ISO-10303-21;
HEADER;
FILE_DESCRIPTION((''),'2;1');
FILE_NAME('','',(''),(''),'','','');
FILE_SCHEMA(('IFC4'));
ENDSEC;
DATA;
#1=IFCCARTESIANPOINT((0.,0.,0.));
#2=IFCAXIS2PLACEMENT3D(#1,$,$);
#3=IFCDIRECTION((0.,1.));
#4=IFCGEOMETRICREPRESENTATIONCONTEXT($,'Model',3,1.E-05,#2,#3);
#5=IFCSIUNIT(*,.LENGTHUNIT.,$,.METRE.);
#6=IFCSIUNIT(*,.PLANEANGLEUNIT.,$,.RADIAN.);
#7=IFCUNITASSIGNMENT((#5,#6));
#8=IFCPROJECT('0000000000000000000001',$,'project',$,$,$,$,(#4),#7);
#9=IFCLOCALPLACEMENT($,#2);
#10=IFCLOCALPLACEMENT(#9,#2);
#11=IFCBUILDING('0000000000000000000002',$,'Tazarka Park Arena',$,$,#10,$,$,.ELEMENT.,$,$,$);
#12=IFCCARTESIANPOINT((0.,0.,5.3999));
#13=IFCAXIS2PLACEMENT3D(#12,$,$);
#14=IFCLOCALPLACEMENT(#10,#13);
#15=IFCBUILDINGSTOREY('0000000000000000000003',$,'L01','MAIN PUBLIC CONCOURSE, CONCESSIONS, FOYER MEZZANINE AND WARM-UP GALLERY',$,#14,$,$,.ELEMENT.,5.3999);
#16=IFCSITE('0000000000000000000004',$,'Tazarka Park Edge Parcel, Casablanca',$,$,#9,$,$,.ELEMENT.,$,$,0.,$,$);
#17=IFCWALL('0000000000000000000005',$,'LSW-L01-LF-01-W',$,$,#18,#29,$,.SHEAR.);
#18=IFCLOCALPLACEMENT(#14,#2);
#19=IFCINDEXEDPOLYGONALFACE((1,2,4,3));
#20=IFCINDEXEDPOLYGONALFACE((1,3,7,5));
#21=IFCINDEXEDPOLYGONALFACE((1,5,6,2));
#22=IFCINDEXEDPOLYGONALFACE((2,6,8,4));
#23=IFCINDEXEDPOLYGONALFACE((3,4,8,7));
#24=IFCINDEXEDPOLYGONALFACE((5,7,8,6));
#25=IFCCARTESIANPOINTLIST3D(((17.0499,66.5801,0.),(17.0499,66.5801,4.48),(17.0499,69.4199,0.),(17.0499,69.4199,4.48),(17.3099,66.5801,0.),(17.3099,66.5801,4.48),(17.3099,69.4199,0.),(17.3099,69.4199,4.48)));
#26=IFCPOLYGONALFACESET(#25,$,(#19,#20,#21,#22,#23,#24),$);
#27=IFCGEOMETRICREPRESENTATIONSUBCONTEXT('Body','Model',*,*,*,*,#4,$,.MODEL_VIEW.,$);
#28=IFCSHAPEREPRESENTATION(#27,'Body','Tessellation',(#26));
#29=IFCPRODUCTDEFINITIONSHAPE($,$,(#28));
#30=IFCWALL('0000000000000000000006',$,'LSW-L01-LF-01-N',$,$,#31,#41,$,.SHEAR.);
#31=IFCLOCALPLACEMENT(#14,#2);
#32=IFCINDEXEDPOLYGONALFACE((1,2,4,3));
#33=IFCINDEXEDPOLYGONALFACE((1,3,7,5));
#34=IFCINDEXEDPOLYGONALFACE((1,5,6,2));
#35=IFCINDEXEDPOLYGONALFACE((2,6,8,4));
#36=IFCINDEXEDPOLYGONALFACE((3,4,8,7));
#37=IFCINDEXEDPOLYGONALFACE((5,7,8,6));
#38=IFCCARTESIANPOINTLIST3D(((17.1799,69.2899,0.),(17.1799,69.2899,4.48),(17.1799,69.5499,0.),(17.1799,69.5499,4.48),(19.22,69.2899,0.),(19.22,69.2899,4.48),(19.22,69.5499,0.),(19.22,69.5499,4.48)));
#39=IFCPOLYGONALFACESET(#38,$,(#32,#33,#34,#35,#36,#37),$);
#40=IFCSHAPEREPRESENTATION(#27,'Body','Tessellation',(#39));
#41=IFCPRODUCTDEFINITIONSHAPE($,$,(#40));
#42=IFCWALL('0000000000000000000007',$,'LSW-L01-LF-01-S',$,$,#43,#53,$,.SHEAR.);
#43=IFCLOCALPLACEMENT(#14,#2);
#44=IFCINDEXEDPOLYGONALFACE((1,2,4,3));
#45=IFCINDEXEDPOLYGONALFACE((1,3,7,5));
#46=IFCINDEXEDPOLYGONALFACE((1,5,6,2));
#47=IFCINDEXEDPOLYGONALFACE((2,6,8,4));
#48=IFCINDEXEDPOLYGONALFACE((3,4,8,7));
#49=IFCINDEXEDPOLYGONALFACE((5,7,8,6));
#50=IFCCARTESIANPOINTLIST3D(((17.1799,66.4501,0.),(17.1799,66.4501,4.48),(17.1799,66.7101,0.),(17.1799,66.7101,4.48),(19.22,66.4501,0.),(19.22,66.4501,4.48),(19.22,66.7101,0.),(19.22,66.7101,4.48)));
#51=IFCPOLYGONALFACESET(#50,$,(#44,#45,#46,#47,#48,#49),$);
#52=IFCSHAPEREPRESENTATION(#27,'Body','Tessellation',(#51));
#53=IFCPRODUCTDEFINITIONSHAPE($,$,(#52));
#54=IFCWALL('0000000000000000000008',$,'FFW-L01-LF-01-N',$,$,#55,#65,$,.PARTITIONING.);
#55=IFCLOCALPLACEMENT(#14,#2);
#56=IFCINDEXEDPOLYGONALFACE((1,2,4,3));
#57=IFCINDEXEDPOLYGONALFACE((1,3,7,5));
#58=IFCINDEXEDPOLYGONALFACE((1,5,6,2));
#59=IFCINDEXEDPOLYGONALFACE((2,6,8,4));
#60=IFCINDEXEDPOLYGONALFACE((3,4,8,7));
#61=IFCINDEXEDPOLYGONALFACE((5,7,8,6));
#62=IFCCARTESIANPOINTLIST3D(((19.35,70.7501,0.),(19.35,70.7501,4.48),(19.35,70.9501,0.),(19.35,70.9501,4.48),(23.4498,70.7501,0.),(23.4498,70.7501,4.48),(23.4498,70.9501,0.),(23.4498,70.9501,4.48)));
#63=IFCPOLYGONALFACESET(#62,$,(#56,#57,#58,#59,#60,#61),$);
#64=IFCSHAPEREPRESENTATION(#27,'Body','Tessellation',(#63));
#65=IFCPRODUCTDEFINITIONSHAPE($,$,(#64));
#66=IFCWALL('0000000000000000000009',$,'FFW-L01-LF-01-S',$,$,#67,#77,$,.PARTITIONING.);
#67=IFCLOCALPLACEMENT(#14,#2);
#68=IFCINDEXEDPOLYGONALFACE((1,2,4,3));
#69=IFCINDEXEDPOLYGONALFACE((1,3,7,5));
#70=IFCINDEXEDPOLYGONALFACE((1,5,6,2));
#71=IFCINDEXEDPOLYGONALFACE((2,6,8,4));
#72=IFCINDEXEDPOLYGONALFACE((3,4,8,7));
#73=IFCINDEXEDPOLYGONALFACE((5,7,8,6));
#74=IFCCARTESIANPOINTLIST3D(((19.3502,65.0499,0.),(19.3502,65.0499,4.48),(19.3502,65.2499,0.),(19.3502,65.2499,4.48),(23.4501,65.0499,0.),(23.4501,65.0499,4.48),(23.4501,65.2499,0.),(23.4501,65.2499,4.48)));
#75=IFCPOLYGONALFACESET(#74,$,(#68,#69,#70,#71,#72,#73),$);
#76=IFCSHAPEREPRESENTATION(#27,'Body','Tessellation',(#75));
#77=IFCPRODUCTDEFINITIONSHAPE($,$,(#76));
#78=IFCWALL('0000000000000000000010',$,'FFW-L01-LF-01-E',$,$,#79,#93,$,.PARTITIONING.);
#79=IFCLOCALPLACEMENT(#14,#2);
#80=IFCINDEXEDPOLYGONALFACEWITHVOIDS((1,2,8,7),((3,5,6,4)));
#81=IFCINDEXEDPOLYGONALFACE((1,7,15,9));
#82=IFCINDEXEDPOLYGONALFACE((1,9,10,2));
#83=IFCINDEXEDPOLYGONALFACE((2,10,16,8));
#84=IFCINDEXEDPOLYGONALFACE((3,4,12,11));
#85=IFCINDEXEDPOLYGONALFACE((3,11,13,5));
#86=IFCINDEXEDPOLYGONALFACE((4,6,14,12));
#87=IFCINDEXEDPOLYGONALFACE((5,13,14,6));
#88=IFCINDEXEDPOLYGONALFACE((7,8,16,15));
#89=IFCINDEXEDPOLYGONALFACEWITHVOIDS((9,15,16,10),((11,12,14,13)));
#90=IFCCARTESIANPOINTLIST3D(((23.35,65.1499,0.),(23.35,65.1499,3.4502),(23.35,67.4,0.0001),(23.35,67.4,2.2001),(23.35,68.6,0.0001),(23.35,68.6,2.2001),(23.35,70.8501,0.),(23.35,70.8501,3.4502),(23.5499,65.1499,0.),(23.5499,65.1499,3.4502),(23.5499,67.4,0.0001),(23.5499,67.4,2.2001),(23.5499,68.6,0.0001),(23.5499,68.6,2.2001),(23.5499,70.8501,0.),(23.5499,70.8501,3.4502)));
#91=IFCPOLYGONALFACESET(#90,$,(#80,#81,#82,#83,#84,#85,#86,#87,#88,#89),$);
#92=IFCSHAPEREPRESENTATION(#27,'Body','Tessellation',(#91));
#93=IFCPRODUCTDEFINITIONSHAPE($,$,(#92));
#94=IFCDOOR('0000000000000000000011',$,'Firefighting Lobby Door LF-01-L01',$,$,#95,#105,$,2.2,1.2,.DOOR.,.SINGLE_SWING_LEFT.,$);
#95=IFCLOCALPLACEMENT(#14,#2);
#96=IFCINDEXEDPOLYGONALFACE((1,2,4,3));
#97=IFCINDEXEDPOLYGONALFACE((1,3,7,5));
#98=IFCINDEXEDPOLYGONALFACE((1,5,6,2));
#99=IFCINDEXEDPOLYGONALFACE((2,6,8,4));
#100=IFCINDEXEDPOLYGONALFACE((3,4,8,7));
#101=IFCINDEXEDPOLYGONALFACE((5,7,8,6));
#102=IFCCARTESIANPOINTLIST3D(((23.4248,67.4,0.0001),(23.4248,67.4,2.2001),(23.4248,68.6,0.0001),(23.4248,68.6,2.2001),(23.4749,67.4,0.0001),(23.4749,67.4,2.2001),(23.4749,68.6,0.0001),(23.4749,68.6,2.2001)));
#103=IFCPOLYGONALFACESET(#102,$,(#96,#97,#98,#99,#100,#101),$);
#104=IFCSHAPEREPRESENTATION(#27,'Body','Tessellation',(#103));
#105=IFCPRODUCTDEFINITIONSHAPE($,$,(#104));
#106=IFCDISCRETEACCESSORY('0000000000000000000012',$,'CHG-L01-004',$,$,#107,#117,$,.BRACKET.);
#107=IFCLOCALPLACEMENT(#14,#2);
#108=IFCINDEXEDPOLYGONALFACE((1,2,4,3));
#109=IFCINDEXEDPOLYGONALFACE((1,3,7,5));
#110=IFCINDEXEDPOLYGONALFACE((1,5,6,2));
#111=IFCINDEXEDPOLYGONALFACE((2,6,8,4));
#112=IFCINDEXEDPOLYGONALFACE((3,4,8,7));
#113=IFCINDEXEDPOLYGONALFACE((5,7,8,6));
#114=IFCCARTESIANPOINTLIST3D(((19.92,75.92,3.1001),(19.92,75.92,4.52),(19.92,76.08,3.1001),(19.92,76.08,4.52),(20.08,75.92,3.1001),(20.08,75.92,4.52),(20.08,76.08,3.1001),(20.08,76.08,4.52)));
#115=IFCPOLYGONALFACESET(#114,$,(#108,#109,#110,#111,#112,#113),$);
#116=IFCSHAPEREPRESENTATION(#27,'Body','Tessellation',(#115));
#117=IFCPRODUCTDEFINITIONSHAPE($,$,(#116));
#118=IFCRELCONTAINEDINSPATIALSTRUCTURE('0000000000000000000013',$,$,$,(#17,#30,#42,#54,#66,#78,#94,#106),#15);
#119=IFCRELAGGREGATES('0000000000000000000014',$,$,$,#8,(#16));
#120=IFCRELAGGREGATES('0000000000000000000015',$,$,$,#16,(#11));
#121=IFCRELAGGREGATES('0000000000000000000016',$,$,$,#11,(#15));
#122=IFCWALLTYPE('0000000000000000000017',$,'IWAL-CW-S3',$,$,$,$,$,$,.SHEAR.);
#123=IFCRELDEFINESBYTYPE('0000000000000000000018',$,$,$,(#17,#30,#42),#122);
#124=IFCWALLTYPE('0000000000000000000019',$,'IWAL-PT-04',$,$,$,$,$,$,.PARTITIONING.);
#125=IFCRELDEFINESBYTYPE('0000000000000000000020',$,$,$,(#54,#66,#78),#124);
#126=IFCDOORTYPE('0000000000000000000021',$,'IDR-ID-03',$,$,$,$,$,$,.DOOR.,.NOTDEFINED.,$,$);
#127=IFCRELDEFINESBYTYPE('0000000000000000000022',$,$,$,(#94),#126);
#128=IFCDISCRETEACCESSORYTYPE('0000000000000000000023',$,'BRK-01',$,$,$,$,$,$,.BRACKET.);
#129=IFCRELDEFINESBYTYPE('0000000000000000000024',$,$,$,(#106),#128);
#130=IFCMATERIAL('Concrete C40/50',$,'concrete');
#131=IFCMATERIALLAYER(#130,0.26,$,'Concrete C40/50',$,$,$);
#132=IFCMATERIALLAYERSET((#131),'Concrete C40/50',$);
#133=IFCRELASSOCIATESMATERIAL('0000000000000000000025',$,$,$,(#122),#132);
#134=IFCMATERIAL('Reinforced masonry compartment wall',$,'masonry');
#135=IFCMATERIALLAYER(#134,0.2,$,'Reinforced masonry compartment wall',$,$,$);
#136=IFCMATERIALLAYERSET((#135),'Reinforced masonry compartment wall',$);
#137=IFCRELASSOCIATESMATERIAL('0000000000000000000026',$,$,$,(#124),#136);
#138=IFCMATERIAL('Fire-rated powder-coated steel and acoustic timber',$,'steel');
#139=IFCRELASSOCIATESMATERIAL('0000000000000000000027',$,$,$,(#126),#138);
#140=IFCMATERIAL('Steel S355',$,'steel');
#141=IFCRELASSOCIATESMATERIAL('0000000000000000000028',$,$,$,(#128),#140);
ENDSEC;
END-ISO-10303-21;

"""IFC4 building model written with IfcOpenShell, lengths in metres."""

from ifc_helpers import new_model, si_unit, direction, frame, frame_2d, origin, origin_2d, place, context, subcontext, project, spatial, rectangle, extrude, material, layer, layer_set, type_object, element, fill, save


model = new_model("IFC4")

# Units and contexts
model_context = context("Model", 3, precision=1e-05, world=origin(), true_north=direction((0.0, 1.0)))
body_context = subcontext(model_context, "Body", "Model", "MODEL_VIEW")
ifc_project = project(units=[si_unit("LENGTHUNIT", "METRE"), si_unit("PLANEANGLEUNIT", "RADIAN")], contexts=[model_context])

# Site, building, storey
site_placement = place(None, origin())
site = spatial("IfcSite", under=ifc_project, at=site_placement, Name="Tazarka Park Edge Parcel, Casablanca", CompositionType="ELEMENT", RefElevation=0.0)
building_placement = place(site_placement, origin())
building = spatial("IfcBuilding", under=site, at=building_placement, Name="Tazarka Park Arena", CompositionType="ELEMENT")
storey_placement = place(building_placement, frame((0.0, 0.0, 5.3999)))
storey = spatial("IfcBuildingStorey", under=building, at=storey_placement, Name="L01", Description="MAIN PUBLIC CONCOURSE, CONCESSIONS, FOYER MEZZANINE AND WARM-UP GALLERY", CompositionType="ELEMENT", Elevation=5.3999)

# Walls
ifc_material_1 = material(Name="Concrete C40/50", Category="concrete")
ifc_layer_1 = layer(ifc_material_1, 0.26, Name="Concrete C40/50")
ifc_layer_set_1 = layer_set([ifc_layer_1], Name="Concrete C40/50")
wall_type_1 = type_object("IfcWallType", Name="IWAL-CW-S3", PredefinedType="SHEAR", material=ifc_layer_set_1)
wall_1_placement = place(storey_placement, frame((17.1799, 66.5801, 0.0), z_axis=(0.0, 0.0, 1.0), x_axis=(0.0, 1.0, 0.0)))
element("IfcWall", 1, at=wall_1_placement, inside=storey, type_object=wall_type_1, Name="LSW-L01-LF-01-W", PredefinedType="SHEAR", context=body_context, shape_type="SweptSolid", body=[
    extrude(rectangle(XDim=2.8398, YDim=0.26, at=frame_2d((1.4199, 0.0))), origin(), (0.0, 0.0, 1.0), 4.48),
])
for number, where, z_axis, x_axis, name in (
    (2, (17.1799, 69.4199, 0.0), (0.0, 0.0, 1.0), (1.0, 0.0, 0.0), "LSW-L01-LF-01-N"),
    (3, (19.22, 66.5801, 0.0), (0.0, 0.0, 1.0), (-1.0, 0.0, 0.0), "LSW-L01-LF-01-S"),
):
    element("IfcWall", number, at=place(storey_placement, frame(where, z_axis=z_axis, x_axis=x_axis)), inside=storey, type_object=wall_type_1, Name=name, PredefinedType="SHEAR", context=body_context, shape_type="SweptSolid", body=[
        extrude(rectangle(XDim=2.04, YDim=0.26, at=frame_2d((1.02, 0.0))), origin(), (0.0, 0.0, 1.0), 4.48),
    ])

# Walls
ifc_material_2 = material(Name="Reinforced masonry compartment wall", Category="masonry")
ifc_layer_2 = layer(ifc_material_2, 0.2, Name="Reinforced masonry compartment wall")
ifc_layer_set_2 = layer_set([ifc_layer_2], Name="Reinforced masonry compartment wall")
wall_type_2 = type_object("IfcWallType", Name="IWAL-PT-04", PredefinedType="PARTITIONING", material=ifc_layer_set_2)
for number, where, z_axis, x_axis, name in (
    (4, (19.3501, 70.8501, 0.0), (0.0, 0.0, 1.0), (1.0, 0.0, 0.0), "FFW-L01-LF-01-N"),
    (5, (23.45, 65.1499, 0.0), (0.0, 0.0, 1.0), (-1.0, 0.0, 0.0), "FFW-L01-LF-01-S"),
):
    element("IfcWall", number, at=place(storey_placement, frame(where, z_axis=z_axis, x_axis=x_axis)), inside=storey, type_object=wall_type_2, Name=name, PredefinedType="PARTITIONING", context=body_context, shape_type="SweptSolid", body=[
        extrude(rectangle(XDim=4.0999, YDim=0.2, at=frame_2d((2.0498, 0.0))), origin(), (0.0, 0.0, 1.0), 4.48),
    ])

# Wall, opening, door
wall_2_placement = place(storey_placement, frame((23.45, 70.8501, 0.0), z_axis=(0.0, 0.0, 1.0), x_axis=(0.0, -1.0, 0.0)))
wall_2 = element("IfcWall", 6, at=wall_2_placement, inside=storey, type_object=wall_type_2, Name="FFW-L01-LF-01-E", PredefinedType="PARTITIONING", context=body_context, shape_type="SweptSolid", body=[
    extrude(rectangle(XDim=5.7002, YDim=0.2, at=frame_2d((2.8501, 0.0))), origin(), (0.0, 0.0, 1.0), 3.4502),
])
opening_1_placement = place(wall_2_placement, frame((2.25, 0.0, 0.0)))
opening_1 = element("IfcOpeningElement", 7, at=opening_1_placement, cuts=wall_2, PredefinedType="OPENING", context=body_context, shape_type="SweptSolid", body=[
    extrude(rectangle(XDim=1.2, YDim=2.2, at=frame_2d((0.6001, 1.1001))), frame((0.0, 0.1099, 0.0), z_axis=(0.0, -1.0, 0.0), x_axis=(1.0, 0.0, 0.0)), (0.0, 0.0, 1.0), 0.22),
])
ifc_material_3 = material(Name="Fire-rated powder-coated steel and acoustic timber", Category="steel")
door_type_1 = type_object("IfcDoorType", Name="IDR-ID-03", OperationType="NOTDEFINED", PredefinedType="DOOR", material=ifc_material_3)
door_1_placement = place(opening_1_placement, origin())
door_1 = element("IfcDoor", 8, at=door_1_placement, inside=storey, type_object=door_type_1, Name="Firefighting Lobby Door LF-01-L01", OperationType="SINGLE_SWING_LEFT", OverallHeight=2.2, OverallWidth=1.2, PredefinedType="DOOR", context=body_context, shape_type="SweptSolid", body=[
    extrude(rectangle(XDim=1.2, YDim=2.2, at=frame_2d((0.6001, 1.1001))), frame((0.0, 0.0249, 0.0), z_axis=(0.0, -1.0, 0.0), x_axis=(1.0, 0.0, 0.0)), (0.0, 0.0, 1.0), 0.05),
])
fill(opening_1, door_1)

# Discrete accessory
ifc_material_4 = material(Name="Steel S355", Category="steel")
discrete_accessory_type = type_object("IfcDiscreteAccessoryType", Name="BRK-01", PredefinedType="BRACKET", material=ifc_material_4)
discrete_accessory_placement = place(storey_placement, frame((20.0, 76.0, 3.1001), z_axis=(0.0, 0.0, 1.0), x_axis=(1.0, 0.0, 0.0)))
element("IfcDiscreteAccessory", 9, at=discrete_accessory_placement, inside=storey, type_object=discrete_accessory_type, Name="CHG-L01-004", PredefinedType="BRACKET", context=body_context, shape_type="SweptSolid", body=[
    extrude(rectangle(XDim=0.1599, YDim=0.1599, at=origin_2d()), origin(), (0.0, 0.0, 1.0), 1.4199),
])

save(model, "model.ifc")
